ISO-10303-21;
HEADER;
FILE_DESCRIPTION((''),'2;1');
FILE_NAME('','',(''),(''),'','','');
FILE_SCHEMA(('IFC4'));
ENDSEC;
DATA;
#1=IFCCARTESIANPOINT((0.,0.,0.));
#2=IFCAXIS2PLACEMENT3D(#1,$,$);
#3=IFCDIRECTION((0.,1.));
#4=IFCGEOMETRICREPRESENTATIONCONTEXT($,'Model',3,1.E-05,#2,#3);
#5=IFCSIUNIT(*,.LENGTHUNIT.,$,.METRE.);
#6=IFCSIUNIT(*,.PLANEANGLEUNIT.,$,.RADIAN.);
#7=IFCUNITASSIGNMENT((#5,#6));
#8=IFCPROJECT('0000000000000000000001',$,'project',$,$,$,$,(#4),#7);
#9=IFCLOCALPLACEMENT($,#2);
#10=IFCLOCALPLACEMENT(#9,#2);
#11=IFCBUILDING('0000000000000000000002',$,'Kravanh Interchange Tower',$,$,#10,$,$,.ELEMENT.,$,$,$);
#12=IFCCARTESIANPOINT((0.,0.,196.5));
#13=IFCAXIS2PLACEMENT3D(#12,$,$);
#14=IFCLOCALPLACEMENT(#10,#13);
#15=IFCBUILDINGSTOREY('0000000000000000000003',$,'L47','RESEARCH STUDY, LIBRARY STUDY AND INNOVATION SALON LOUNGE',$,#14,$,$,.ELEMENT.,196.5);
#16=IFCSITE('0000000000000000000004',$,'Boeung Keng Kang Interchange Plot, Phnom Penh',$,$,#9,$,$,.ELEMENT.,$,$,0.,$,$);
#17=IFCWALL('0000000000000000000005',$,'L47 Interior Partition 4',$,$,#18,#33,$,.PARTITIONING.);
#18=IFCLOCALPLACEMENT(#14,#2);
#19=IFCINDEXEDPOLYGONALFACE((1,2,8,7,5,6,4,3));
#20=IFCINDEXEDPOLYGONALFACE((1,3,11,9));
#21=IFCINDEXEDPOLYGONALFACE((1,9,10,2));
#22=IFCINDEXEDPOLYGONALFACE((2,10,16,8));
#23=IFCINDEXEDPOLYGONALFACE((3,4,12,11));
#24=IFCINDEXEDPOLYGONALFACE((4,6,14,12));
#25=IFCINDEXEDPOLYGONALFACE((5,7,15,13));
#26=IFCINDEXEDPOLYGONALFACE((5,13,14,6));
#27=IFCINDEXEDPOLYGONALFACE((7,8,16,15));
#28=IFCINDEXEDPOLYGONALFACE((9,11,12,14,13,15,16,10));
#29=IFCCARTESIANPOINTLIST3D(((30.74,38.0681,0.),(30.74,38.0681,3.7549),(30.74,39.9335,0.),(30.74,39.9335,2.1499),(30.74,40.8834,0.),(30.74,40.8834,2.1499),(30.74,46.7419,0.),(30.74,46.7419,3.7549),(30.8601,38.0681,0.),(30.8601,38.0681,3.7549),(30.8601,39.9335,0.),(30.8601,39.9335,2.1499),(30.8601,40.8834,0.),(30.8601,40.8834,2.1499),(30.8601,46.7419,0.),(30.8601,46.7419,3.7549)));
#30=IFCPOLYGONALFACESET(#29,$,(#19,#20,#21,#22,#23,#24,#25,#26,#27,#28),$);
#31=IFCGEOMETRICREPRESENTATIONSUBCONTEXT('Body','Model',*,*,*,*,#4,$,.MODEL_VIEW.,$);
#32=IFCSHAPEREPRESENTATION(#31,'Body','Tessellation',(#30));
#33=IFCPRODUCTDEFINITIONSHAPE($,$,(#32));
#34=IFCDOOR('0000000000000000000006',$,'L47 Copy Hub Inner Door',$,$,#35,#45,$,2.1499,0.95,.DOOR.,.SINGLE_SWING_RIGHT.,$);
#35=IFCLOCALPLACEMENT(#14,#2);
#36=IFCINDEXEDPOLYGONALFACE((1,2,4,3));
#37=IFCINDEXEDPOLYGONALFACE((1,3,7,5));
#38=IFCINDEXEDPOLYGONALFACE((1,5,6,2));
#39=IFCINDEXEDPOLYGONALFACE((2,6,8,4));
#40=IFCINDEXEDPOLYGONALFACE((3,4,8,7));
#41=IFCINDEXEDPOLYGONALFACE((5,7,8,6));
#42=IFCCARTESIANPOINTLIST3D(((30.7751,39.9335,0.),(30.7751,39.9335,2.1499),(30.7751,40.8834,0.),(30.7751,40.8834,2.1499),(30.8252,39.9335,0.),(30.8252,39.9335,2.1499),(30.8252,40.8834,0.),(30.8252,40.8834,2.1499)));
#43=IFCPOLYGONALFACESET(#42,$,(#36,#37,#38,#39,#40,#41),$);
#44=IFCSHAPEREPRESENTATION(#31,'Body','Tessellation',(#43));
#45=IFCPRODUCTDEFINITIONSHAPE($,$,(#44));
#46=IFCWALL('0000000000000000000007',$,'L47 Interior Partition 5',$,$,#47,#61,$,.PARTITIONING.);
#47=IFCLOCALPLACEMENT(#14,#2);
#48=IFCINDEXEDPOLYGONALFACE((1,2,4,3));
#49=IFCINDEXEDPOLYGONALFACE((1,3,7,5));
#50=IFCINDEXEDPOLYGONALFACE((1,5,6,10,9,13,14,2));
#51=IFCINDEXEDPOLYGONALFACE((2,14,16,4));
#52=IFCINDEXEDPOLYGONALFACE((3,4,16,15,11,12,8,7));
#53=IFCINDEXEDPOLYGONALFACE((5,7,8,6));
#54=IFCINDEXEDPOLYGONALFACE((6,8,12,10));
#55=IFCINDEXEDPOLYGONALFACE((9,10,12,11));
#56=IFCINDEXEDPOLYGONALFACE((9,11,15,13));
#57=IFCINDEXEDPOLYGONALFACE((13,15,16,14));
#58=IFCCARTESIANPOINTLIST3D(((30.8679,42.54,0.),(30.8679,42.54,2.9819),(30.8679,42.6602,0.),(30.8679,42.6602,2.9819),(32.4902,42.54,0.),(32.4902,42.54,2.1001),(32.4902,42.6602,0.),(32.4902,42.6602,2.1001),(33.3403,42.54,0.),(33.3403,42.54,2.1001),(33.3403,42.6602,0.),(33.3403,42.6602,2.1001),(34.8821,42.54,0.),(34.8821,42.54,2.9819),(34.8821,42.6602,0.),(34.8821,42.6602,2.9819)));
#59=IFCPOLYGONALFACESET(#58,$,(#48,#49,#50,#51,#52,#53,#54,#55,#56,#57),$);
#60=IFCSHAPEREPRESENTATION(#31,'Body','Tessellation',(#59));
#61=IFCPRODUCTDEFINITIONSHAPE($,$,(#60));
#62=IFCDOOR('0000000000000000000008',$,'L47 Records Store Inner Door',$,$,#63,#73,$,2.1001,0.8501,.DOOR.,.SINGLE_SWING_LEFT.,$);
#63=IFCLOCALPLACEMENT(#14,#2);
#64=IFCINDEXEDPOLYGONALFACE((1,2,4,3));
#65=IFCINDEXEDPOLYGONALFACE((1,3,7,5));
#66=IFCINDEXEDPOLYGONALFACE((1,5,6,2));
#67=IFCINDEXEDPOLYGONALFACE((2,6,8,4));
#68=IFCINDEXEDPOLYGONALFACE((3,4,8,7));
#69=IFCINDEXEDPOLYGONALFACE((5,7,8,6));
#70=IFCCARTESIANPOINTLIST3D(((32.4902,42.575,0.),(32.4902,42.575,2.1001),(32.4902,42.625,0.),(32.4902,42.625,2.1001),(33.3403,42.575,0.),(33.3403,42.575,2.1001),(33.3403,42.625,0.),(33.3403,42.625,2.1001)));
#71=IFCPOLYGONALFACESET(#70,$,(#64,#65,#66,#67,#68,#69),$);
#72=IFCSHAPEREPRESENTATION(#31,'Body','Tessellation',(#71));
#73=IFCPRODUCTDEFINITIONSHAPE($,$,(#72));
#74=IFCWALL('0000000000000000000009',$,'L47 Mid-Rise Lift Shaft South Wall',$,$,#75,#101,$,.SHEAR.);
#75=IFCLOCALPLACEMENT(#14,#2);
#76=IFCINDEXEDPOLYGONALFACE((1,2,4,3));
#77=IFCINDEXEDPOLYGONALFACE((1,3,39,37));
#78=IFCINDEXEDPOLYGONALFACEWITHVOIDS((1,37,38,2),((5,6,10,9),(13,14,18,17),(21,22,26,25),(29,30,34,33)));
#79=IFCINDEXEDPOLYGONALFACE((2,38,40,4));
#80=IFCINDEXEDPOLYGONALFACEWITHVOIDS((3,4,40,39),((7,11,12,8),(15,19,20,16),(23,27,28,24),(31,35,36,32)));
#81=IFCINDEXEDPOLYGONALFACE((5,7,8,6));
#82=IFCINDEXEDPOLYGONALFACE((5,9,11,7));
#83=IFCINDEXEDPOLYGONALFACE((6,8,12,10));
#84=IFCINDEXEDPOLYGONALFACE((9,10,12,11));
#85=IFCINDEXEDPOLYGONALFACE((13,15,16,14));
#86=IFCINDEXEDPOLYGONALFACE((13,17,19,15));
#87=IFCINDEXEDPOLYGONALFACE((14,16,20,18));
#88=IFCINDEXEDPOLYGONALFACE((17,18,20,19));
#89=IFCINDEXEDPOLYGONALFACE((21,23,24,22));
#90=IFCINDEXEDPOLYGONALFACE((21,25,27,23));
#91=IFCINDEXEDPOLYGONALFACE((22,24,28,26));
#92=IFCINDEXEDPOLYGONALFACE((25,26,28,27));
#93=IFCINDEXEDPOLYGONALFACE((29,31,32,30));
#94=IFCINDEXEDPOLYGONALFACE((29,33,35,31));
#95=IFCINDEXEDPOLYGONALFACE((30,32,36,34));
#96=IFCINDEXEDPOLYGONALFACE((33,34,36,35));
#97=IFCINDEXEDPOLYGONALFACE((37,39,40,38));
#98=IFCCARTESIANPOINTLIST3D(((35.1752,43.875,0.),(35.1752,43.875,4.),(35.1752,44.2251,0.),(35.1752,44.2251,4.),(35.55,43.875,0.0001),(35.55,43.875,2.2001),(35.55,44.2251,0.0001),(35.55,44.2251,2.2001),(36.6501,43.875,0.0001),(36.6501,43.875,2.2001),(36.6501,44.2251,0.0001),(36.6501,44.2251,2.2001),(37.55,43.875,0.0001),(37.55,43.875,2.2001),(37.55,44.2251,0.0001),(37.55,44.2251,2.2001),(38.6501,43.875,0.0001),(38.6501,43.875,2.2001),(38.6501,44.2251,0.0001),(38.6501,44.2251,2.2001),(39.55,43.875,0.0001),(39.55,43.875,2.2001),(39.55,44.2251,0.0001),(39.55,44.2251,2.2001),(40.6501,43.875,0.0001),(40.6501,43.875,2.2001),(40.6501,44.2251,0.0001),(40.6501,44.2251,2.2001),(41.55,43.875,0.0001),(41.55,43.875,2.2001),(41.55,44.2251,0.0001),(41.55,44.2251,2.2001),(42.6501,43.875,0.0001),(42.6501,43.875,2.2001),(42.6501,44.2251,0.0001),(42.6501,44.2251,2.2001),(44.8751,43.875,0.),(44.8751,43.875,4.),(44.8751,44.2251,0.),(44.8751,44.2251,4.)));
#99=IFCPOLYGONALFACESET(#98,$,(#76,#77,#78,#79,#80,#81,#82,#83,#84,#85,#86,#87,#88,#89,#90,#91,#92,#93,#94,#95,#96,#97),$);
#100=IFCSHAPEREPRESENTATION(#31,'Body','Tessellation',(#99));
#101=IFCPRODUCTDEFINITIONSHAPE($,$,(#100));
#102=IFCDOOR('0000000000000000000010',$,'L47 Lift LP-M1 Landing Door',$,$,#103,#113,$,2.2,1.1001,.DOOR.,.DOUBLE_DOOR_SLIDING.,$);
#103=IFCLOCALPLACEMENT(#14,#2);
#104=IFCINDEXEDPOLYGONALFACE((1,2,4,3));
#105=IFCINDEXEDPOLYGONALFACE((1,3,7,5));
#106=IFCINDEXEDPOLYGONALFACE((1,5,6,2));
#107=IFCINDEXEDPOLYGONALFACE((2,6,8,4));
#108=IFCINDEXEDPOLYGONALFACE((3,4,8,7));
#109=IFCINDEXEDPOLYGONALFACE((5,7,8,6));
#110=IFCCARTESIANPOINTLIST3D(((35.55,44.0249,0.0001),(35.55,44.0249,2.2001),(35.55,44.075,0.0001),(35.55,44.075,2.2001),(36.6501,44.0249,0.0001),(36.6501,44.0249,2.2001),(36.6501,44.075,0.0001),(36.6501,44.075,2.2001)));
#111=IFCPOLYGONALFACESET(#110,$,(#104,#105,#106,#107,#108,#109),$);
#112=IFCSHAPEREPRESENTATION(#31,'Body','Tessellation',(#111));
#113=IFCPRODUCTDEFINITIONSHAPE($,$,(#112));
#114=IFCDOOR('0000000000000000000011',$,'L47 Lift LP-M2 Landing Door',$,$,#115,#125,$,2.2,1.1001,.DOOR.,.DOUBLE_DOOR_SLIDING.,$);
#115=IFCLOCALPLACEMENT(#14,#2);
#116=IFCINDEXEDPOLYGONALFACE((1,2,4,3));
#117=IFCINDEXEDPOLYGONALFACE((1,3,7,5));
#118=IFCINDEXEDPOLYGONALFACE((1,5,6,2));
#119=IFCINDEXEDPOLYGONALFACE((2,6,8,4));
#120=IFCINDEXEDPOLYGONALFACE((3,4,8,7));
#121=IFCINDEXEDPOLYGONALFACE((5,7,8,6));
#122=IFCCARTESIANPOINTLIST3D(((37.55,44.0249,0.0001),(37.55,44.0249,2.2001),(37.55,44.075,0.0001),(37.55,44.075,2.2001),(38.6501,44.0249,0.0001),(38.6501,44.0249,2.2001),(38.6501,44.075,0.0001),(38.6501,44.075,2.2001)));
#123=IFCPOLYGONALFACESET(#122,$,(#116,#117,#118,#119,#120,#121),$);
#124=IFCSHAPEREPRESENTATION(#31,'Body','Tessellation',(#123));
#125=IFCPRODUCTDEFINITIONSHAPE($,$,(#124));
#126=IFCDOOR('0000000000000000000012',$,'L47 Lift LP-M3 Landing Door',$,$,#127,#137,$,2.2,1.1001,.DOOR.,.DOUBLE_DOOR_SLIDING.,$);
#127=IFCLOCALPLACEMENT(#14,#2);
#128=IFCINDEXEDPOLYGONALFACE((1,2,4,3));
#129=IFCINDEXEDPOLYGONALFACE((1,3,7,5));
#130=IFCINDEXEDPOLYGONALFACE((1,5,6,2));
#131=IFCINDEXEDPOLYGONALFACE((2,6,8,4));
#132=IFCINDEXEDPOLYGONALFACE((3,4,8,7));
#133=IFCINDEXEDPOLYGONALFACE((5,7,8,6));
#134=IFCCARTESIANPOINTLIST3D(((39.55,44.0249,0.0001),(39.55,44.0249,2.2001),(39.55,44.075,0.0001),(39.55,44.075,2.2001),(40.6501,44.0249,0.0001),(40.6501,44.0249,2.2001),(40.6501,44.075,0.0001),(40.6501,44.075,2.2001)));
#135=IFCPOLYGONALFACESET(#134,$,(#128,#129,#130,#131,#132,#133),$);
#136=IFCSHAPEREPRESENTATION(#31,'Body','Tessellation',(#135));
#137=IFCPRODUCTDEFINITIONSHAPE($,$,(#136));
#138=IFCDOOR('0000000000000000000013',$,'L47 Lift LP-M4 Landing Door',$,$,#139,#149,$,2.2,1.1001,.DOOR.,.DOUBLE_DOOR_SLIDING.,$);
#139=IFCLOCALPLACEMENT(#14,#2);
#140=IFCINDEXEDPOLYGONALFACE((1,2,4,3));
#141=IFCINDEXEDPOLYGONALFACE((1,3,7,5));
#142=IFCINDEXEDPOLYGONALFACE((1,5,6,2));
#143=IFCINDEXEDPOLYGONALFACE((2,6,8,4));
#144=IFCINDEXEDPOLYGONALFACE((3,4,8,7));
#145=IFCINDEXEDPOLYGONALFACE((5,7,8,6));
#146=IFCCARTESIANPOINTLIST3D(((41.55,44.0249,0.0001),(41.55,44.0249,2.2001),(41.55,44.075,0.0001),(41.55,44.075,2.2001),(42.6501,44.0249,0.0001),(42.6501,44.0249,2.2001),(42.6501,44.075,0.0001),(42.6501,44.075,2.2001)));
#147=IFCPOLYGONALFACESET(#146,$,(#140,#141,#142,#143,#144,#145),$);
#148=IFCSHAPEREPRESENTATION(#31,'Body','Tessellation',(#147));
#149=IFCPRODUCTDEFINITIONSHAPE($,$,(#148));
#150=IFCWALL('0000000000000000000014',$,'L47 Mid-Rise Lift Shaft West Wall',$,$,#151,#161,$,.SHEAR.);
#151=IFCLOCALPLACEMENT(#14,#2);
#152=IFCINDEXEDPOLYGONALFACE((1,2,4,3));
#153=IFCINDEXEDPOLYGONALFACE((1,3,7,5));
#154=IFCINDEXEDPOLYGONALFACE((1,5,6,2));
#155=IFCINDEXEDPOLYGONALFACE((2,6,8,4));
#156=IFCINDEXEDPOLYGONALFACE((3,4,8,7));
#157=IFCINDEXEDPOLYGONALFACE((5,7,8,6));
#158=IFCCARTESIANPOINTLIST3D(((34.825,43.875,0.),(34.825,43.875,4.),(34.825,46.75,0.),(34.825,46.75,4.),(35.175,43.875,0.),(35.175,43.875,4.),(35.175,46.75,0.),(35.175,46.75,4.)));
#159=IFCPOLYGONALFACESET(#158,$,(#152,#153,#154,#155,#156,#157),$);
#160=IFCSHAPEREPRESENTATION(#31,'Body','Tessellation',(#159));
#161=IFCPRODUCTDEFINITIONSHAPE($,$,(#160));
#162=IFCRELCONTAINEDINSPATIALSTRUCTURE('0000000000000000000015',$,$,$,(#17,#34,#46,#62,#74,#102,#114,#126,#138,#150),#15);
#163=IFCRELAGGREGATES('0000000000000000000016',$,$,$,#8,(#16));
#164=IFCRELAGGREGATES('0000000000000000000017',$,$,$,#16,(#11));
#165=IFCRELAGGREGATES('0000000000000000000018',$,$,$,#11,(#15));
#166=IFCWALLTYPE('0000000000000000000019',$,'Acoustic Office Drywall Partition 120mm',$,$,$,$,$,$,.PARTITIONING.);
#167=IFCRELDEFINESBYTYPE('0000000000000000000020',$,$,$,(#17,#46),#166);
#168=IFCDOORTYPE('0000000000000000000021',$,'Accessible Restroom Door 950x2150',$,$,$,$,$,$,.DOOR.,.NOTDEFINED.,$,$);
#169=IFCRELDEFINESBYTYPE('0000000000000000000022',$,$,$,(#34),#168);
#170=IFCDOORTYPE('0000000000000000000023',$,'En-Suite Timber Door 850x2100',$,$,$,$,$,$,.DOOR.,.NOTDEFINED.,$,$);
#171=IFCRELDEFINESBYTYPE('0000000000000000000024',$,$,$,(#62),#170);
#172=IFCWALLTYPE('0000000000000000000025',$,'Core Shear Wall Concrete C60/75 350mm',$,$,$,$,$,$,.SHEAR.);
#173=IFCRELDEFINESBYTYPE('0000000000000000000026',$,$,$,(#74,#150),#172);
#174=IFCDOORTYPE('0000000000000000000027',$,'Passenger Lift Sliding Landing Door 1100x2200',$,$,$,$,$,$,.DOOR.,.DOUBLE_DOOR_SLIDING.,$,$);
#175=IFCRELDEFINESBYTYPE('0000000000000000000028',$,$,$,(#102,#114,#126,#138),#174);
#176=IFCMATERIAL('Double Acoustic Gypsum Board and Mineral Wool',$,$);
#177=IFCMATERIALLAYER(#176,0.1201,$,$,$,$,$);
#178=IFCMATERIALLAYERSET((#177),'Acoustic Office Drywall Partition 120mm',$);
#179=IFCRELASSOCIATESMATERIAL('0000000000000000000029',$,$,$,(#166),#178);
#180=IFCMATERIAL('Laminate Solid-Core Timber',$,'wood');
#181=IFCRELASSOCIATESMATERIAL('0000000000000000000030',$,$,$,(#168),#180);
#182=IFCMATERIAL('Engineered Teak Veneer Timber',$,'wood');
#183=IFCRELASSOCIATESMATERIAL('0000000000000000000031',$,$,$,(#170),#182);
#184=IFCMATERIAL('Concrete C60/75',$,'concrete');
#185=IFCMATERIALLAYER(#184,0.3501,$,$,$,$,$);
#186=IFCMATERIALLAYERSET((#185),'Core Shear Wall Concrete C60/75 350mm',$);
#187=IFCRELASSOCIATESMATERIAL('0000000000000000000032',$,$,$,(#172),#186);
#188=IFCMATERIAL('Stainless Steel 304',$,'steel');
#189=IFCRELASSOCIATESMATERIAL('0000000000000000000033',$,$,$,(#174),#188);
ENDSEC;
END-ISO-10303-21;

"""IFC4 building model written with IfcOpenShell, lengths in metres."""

from ifc_helpers import new_model, si_unit, direction, frame, frame_2d, origin, place, context, subcontext, project, spatial, rectangle, extrude, material, layer, layer_set, type_object, element, fill, save


model = new_model("IFC4")

# Units and contexts
model_context = context("Model", 3, precision=1e-05, world=origin(), true_north=direction((0.0, 1.0)))
body_context = subcontext(model_context, "Body", "Model", "MODEL_VIEW")
ifc_project = project(units=[si_unit("LENGTHUNIT", "METRE"), si_unit("PLANEANGLEUNIT", "RADIAN")], contexts=[model_context])

# Site, building, storey
site_placement = place(None, origin())
site = spatial("IfcSite", under=ifc_project, at=site_placement, Name="Boeung Keng Kang Interchange Plot, Phnom Penh", CompositionType="ELEMENT", RefElevation=0.0)
building_placement = place(site_placement, origin())
building = spatial("IfcBuilding", under=site, at=building_placement, Name="Kravanh Interchange Tower", CompositionType="ELEMENT")
storey_placement = place(building_placement, frame((0.0, 0.0, 196.5)))
storey = spatial("IfcBuildingStorey", under=building, at=storey_placement, Name="L47", Description="RESEARCH STUDY, LIBRARY STUDY AND INNOVATION SALON LOUNGE", CompositionType="ELEMENT", Elevation=196.5)

# Walls, openings, doors
ifc_material_1 = material(Name="Double Acoustic Gypsum Board and Mineral Wool")
ifc_layer_1 = layer(ifc_material_1, 0.1201)
ifc_layer_set_1 = layer_set([ifc_layer_1], Name="Acoustic Office Drywall Partition 120mm")
wall_type_1 = type_object("IfcWallType", Name="Acoustic Office Drywall Partition 120mm", PredefinedType="PARTITIONING", material=ifc_layer_set_1)
wall_1_placement = place(storey_placement, frame((30.8, 38.0681, 0.0), z_axis=(0.0, 0.0, 1.0), x_axis=(0.0, 1.0, 0.0)))
wall_1 = element("IfcWall", 1, at=wall_1_placement, inside=storey, type_object=wall_type_1, Name="L47 Interior Partition 4", PredefinedType="PARTITIONING", context=body_context, shape_type="SweptSolid", body=[
    extrude(rectangle(XDim=8.6738, YDim=0.1201, at=frame_2d((4.3369, 0.0))), origin(), (0.0, 0.0, 1.0), 3.7549),
])
opening_1_placement = place(wall_1_placement, frame((1.8652, 0.0, 0.0)))
opening_1 = element("IfcOpeningElement", 2, at=opening_1_placement, cuts=wall_1, PredefinedType="OPENING", context=body_context, shape_type="SweptSolid", body=[
    extrude(rectangle(XDim=0.95, YDim=2.1499, at=frame_2d((0.4751, 1.075))), frame((0.0, 0.0701, 0.0), z_axis=(0.0, -1.0, 0.0), x_axis=(1.0, 0.0, 0.0)), (0.0, 0.0, 1.0), 0.1401),
])
ifc_material_2 = material(Name="Laminate Solid-Core Timber", Category="wood")
door_type_1 = type_object("IfcDoorType", Name="Accessible Restroom Door 950x2150", OperationType="NOTDEFINED", PredefinedType="DOOR", material=ifc_material_2)
door_1_placement = place(opening_1_placement, origin())
door_1 = element("IfcDoor", 3, at=door_1_placement, inside=storey, type_object=door_type_1, Name="L47 Copy Hub Inner Door", OperationType="SINGLE_SWING_RIGHT", OverallHeight=2.1499, OverallWidth=0.95, PredefinedType="DOOR", context=body_context, shape_type="SweptSolid", body=[
    extrude(rectangle(XDim=0.95, YDim=2.1499, at=frame_2d((0.4751, 1.075))), frame((0.0, 0.0249, 0.0), z_axis=(0.0, -1.0, 0.0), x_axis=(1.0, 0.0, 0.0)), (0.0, 0.0, 1.0), 0.05),
])
fill(opening_1, door_1)
wall_2_placement = place(storey_placement, frame((30.8679, 42.6001, 0.0), z_axis=(0.0, 0.0, 1.0), x_axis=(1.0, 0.0, 0.0)))
wall_2 = element("IfcWall", 4, at=wall_2_placement, inside=storey, type_object=wall_type_1, Name="L47 Interior Partition 5", PredefinedType="PARTITIONING", context=body_context, shape_type="SweptSolid", body=[
    extrude(rectangle(XDim=4.0142, YDim=0.1201, at=frame_2d((2.0071, 0.0))), origin(), (0.0, 0.0, 1.0), 2.9819),
])
opening_2_placement = place(wall_2_placement, frame((1.6223, 0.0, 0.0)))
opening_2 = element("IfcOpeningElement", 5, at=opening_2_placement, cuts=wall_2, PredefinedType="OPENING", context=body_context, shape_type="SweptSolid", body=[
    extrude(rectangle(XDim=0.8501, YDim=2.1001, at=frame_2d((0.425, 1.05))), frame((0.0, 0.0701, 0.0), z_axis=(0.0, -1.0, 0.0), x_axis=(1.0, 0.0, 0.0)), (0.0, 0.0, 1.0), 0.1401),
])
ifc_material_3 = material(Name="Engineered Teak Veneer Timber", Category="wood")
door_type_2 = type_object("IfcDoorType", Name="En-Suite Timber Door 850x2100", OperationType="NOTDEFINED", PredefinedType="DOOR", material=ifc_material_3)
door_2_placement = place(opening_2_placement, origin())
door_2 = element("IfcDoor", 6, at=door_2_placement, inside=storey, type_object=door_type_2, Name="L47 Records Store Inner Door", OperationType="SINGLE_SWING_LEFT", OverallHeight=2.1001, OverallWidth=0.8501, PredefinedType="DOOR", context=body_context, shape_type="SweptSolid", body=[
    extrude(rectangle(XDim=0.8501, YDim=2.1001, at=frame_2d((0.425, 1.05))), frame((0.0, 0.0249, 0.0), z_axis=(0.0, -1.0, 0.0), x_axis=(1.0, 0.0, 0.0)), (0.0, 0.0, 1.0), 0.05),
])
fill(opening_2, door_2)

# Wall, openings, doors
ifc_material_4 = material(Name="Concrete C60/75", Category="concrete")
ifc_layer_2 = layer(ifc_material_4, 0.3501)
ifc_layer_set_2 = layer_set([ifc_layer_2], Name="Core Shear Wall Concrete C60/75 350mm")
wall_type_2 = type_object("IfcWallType", Name="Core Shear Wall Concrete C60/75 350mm", PredefinedType="SHEAR", material=ifc_layer_set_2)
wall_3_placement = place(storey_placement, frame((35.175, 44.05, 0.0), z_axis=(0.0, 0.0, 1.0), x_axis=(1.0, 0.0, 0.0)))
wall_3 = element("IfcWall", 7, at=wall_3_placement, inside=storey, type_object=wall_type_2, Name="L47 Mid-Rise Lift Shaft South Wall", PredefinedType="SHEAR", context=body_context, shape_type="SweptSolid", body=[
    extrude(rectangle(XDim=9.7, YDim=0.3501, at=frame_2d((4.8501, 0.0))), origin(), (0.0, 0.0, 1.0), 4.0),
])
opening_3_placement = place(wall_3_placement, frame((0.375, 0.0, 0.0)))
opening_3 = element("IfcOpeningElement", 8, at=opening_3_placement, cuts=wall_3, PredefinedType="OPENING", context=body_context, shape_type="SweptSolid", body=[
    extrude(rectangle(XDim=1.1001, YDim=2.2, at=frame_2d((0.55, 1.1001))), frame((0.0, 0.1851, 0.0), z_axis=(0.0, -1.0, 0.0), x_axis=(1.0, 0.0, 0.0)), (0.0, 0.0, 1.0), 0.3701),
])
opening_4_placement = place(wall_3_placement, frame((2.375, 0.0, 0.0)))
opening_4 = element("IfcOpeningElement", 9, at=opening_4_placement, cuts=wall_3, PredefinedType="OPENING", context=body_context, shape_type="SweptSolid", body=[
    extrude(rectangle(XDim=1.1001, YDim=2.2, at=frame_2d((0.55, 1.1001))), frame((0.0, 0.1851, 0.0), z_axis=(0.0, -1.0, 0.0), x_axis=(1.0, 0.0, 0.0)), (0.0, 0.0, 1.0), 0.3701),
])
opening_5_placement = place(wall_3_placement, frame((4.375, 0.0, 0.0)))
opening_5 = element("IfcOpeningElement", 10, at=opening_5_placement, cuts=wall_3, PredefinedType="OPENING", context=body_context, shape_type="SweptSolid", body=[
    extrude(rectangle(XDim=1.1001, YDim=2.2, at=frame_2d((0.55, 1.1001))), frame((0.0, 0.1851, 0.0), z_axis=(0.0, -1.0, 0.0), x_axis=(1.0, 0.0, 0.0)), (0.0, 0.0, 1.0), 0.3701),
])
opening_6_placement = place(wall_3_placement, frame((6.375, 0.0, 0.0)))
opening_6 = element("IfcOpeningElement", 11, at=opening_6_placement, cuts=wall_3, PredefinedType="OPENING", context=body_context, shape_type="SweptSolid", body=[
    extrude(rectangle(XDim=1.1001, YDim=2.2, at=frame_2d((0.55, 1.1001))), frame((0.0, 0.1851, 0.0), z_axis=(0.0, -1.0, 0.0), x_axis=(1.0, 0.0, 0.0)), (0.0, 0.0, 1.0), 0.3701),
])
ifc_material_5 = material(Name="Stainless Steel 304", Category="steel")
door_type_3 = type_object("IfcDoorType", Name="Passenger Lift Sliding Landing Door 1100x2200", OperationType="DOUBLE_DOOR_SLIDING", PredefinedType="DOOR", material=ifc_material_5)
door_3_placement = place(opening_3_placement, origin())
door_3 = element("IfcDoor", 12, at=door_3_placement, inside=storey, type_object=door_type_3, Name="L47 Lift LP-M1 Landing Door", OperationType="DOUBLE_DOOR_SLIDING", OverallHeight=2.2, OverallWidth=1.1001, PredefinedType="DOOR", context=body_context, shape_type="SweptSolid", body=[
    extrude(rectangle(XDim=1.1001, YDim=2.2, at=frame_2d((0.55, 1.1001))), frame((0.0, 0.0249, 0.0), z_axis=(0.0, -1.0, 0.0), x_axis=(1.0, 0.0, 0.0)), (0.0, 0.0, 1.0), 0.05),
])
fill(opening_3, door_3)
door_4_placement = place(opening_4_placement, origin())
door_4 = element("IfcDoor", 13, at=door_4_placement, inside=storey, type_object=door_type_3, Name="L47 Lift LP-M2 Landing Door", OperationType="DOUBLE_DOOR_SLIDING", OverallHeight=2.2, OverallWidth=1.1001, PredefinedType="DOOR", context=body_context, shape_type="SweptSolid", body=[
    extrude(rectangle(XDim=1.1001, YDim=2.2, at=frame_2d((0.55, 1.1001))), frame((0.0, 0.0249, 0.0), z_axis=(0.0, -1.0, 0.0), x_axis=(1.0, 0.0, 0.0)), (0.0, 0.0, 1.0), 0.05),
])
fill(opening_4, door_4)
door_5_placement = place(opening_5_placement, origin())
door_5 = element("IfcDoor", 14, at=door_5_placement, inside=storey, type_object=door_type_3, Name="L47 Lift LP-M3 Landing Door", OperationType="DOUBLE_DOOR_SLIDING", OverallHeight=2.2, OverallWidth=1.1001, PredefinedType="DOOR", context=body_context, shape_type="SweptSolid", body=[
    extrude(rectangle(XDim=1.1001, YDim=2.2, at=frame_2d((0.55, 1.1001))), frame((0.0, 0.0249, 0.0), z_axis=(0.0, -1.0, 0.0), x_axis=(1.0, 0.0, 0.0)), (0.0, 0.0, 1.0), 0.05),
])
fill(opening_5, door_5)
door_6_placement = place(opening_6_placement, origin())
door_6 = element("IfcDoor", 15, at=door_6_placement, inside=storey, type_object=door_type_3, Name="L47 Lift LP-M4 Landing Door", OperationType="DOUBLE_DOOR_SLIDING", OverallHeight=2.2, OverallWidth=1.1001, PredefinedType="DOOR", context=body_context, shape_type="SweptSolid", body=[
    extrude(rectangle(XDim=1.1001, YDim=2.2, at=frame_2d((0.55, 1.1001))), frame((0.0, 0.0249, 0.0), z_axis=(0.0, -1.0, 0.0), x_axis=(1.0, 0.0, 0.0)), (0.0, 0.0, 1.0), 0.05),
])
fill(opening_6, door_6)

# Wall
wall_4_placement = place(storey_placement, frame((35.0, 43.875, 0.0), z_axis=(0.0, 0.0, 1.0), x_axis=(0.0, 1.0, 0.0)))
element("IfcWall", 16, at=wall_4_placement, inside=storey, type_object=wall_type_2, Name="L47 Mid-Rise Lift Shaft West Wall", PredefinedType="SHEAR", context=body_context, shape_type="SweptSolid", body=[
    extrude(rectangle(XDim=2.875, YDim=0.3501, at=frame_2d((1.4375, 0.0))), origin(), (0.0, 0.0, 1.0), 4.0),
])

save(model, "model.ifc")
